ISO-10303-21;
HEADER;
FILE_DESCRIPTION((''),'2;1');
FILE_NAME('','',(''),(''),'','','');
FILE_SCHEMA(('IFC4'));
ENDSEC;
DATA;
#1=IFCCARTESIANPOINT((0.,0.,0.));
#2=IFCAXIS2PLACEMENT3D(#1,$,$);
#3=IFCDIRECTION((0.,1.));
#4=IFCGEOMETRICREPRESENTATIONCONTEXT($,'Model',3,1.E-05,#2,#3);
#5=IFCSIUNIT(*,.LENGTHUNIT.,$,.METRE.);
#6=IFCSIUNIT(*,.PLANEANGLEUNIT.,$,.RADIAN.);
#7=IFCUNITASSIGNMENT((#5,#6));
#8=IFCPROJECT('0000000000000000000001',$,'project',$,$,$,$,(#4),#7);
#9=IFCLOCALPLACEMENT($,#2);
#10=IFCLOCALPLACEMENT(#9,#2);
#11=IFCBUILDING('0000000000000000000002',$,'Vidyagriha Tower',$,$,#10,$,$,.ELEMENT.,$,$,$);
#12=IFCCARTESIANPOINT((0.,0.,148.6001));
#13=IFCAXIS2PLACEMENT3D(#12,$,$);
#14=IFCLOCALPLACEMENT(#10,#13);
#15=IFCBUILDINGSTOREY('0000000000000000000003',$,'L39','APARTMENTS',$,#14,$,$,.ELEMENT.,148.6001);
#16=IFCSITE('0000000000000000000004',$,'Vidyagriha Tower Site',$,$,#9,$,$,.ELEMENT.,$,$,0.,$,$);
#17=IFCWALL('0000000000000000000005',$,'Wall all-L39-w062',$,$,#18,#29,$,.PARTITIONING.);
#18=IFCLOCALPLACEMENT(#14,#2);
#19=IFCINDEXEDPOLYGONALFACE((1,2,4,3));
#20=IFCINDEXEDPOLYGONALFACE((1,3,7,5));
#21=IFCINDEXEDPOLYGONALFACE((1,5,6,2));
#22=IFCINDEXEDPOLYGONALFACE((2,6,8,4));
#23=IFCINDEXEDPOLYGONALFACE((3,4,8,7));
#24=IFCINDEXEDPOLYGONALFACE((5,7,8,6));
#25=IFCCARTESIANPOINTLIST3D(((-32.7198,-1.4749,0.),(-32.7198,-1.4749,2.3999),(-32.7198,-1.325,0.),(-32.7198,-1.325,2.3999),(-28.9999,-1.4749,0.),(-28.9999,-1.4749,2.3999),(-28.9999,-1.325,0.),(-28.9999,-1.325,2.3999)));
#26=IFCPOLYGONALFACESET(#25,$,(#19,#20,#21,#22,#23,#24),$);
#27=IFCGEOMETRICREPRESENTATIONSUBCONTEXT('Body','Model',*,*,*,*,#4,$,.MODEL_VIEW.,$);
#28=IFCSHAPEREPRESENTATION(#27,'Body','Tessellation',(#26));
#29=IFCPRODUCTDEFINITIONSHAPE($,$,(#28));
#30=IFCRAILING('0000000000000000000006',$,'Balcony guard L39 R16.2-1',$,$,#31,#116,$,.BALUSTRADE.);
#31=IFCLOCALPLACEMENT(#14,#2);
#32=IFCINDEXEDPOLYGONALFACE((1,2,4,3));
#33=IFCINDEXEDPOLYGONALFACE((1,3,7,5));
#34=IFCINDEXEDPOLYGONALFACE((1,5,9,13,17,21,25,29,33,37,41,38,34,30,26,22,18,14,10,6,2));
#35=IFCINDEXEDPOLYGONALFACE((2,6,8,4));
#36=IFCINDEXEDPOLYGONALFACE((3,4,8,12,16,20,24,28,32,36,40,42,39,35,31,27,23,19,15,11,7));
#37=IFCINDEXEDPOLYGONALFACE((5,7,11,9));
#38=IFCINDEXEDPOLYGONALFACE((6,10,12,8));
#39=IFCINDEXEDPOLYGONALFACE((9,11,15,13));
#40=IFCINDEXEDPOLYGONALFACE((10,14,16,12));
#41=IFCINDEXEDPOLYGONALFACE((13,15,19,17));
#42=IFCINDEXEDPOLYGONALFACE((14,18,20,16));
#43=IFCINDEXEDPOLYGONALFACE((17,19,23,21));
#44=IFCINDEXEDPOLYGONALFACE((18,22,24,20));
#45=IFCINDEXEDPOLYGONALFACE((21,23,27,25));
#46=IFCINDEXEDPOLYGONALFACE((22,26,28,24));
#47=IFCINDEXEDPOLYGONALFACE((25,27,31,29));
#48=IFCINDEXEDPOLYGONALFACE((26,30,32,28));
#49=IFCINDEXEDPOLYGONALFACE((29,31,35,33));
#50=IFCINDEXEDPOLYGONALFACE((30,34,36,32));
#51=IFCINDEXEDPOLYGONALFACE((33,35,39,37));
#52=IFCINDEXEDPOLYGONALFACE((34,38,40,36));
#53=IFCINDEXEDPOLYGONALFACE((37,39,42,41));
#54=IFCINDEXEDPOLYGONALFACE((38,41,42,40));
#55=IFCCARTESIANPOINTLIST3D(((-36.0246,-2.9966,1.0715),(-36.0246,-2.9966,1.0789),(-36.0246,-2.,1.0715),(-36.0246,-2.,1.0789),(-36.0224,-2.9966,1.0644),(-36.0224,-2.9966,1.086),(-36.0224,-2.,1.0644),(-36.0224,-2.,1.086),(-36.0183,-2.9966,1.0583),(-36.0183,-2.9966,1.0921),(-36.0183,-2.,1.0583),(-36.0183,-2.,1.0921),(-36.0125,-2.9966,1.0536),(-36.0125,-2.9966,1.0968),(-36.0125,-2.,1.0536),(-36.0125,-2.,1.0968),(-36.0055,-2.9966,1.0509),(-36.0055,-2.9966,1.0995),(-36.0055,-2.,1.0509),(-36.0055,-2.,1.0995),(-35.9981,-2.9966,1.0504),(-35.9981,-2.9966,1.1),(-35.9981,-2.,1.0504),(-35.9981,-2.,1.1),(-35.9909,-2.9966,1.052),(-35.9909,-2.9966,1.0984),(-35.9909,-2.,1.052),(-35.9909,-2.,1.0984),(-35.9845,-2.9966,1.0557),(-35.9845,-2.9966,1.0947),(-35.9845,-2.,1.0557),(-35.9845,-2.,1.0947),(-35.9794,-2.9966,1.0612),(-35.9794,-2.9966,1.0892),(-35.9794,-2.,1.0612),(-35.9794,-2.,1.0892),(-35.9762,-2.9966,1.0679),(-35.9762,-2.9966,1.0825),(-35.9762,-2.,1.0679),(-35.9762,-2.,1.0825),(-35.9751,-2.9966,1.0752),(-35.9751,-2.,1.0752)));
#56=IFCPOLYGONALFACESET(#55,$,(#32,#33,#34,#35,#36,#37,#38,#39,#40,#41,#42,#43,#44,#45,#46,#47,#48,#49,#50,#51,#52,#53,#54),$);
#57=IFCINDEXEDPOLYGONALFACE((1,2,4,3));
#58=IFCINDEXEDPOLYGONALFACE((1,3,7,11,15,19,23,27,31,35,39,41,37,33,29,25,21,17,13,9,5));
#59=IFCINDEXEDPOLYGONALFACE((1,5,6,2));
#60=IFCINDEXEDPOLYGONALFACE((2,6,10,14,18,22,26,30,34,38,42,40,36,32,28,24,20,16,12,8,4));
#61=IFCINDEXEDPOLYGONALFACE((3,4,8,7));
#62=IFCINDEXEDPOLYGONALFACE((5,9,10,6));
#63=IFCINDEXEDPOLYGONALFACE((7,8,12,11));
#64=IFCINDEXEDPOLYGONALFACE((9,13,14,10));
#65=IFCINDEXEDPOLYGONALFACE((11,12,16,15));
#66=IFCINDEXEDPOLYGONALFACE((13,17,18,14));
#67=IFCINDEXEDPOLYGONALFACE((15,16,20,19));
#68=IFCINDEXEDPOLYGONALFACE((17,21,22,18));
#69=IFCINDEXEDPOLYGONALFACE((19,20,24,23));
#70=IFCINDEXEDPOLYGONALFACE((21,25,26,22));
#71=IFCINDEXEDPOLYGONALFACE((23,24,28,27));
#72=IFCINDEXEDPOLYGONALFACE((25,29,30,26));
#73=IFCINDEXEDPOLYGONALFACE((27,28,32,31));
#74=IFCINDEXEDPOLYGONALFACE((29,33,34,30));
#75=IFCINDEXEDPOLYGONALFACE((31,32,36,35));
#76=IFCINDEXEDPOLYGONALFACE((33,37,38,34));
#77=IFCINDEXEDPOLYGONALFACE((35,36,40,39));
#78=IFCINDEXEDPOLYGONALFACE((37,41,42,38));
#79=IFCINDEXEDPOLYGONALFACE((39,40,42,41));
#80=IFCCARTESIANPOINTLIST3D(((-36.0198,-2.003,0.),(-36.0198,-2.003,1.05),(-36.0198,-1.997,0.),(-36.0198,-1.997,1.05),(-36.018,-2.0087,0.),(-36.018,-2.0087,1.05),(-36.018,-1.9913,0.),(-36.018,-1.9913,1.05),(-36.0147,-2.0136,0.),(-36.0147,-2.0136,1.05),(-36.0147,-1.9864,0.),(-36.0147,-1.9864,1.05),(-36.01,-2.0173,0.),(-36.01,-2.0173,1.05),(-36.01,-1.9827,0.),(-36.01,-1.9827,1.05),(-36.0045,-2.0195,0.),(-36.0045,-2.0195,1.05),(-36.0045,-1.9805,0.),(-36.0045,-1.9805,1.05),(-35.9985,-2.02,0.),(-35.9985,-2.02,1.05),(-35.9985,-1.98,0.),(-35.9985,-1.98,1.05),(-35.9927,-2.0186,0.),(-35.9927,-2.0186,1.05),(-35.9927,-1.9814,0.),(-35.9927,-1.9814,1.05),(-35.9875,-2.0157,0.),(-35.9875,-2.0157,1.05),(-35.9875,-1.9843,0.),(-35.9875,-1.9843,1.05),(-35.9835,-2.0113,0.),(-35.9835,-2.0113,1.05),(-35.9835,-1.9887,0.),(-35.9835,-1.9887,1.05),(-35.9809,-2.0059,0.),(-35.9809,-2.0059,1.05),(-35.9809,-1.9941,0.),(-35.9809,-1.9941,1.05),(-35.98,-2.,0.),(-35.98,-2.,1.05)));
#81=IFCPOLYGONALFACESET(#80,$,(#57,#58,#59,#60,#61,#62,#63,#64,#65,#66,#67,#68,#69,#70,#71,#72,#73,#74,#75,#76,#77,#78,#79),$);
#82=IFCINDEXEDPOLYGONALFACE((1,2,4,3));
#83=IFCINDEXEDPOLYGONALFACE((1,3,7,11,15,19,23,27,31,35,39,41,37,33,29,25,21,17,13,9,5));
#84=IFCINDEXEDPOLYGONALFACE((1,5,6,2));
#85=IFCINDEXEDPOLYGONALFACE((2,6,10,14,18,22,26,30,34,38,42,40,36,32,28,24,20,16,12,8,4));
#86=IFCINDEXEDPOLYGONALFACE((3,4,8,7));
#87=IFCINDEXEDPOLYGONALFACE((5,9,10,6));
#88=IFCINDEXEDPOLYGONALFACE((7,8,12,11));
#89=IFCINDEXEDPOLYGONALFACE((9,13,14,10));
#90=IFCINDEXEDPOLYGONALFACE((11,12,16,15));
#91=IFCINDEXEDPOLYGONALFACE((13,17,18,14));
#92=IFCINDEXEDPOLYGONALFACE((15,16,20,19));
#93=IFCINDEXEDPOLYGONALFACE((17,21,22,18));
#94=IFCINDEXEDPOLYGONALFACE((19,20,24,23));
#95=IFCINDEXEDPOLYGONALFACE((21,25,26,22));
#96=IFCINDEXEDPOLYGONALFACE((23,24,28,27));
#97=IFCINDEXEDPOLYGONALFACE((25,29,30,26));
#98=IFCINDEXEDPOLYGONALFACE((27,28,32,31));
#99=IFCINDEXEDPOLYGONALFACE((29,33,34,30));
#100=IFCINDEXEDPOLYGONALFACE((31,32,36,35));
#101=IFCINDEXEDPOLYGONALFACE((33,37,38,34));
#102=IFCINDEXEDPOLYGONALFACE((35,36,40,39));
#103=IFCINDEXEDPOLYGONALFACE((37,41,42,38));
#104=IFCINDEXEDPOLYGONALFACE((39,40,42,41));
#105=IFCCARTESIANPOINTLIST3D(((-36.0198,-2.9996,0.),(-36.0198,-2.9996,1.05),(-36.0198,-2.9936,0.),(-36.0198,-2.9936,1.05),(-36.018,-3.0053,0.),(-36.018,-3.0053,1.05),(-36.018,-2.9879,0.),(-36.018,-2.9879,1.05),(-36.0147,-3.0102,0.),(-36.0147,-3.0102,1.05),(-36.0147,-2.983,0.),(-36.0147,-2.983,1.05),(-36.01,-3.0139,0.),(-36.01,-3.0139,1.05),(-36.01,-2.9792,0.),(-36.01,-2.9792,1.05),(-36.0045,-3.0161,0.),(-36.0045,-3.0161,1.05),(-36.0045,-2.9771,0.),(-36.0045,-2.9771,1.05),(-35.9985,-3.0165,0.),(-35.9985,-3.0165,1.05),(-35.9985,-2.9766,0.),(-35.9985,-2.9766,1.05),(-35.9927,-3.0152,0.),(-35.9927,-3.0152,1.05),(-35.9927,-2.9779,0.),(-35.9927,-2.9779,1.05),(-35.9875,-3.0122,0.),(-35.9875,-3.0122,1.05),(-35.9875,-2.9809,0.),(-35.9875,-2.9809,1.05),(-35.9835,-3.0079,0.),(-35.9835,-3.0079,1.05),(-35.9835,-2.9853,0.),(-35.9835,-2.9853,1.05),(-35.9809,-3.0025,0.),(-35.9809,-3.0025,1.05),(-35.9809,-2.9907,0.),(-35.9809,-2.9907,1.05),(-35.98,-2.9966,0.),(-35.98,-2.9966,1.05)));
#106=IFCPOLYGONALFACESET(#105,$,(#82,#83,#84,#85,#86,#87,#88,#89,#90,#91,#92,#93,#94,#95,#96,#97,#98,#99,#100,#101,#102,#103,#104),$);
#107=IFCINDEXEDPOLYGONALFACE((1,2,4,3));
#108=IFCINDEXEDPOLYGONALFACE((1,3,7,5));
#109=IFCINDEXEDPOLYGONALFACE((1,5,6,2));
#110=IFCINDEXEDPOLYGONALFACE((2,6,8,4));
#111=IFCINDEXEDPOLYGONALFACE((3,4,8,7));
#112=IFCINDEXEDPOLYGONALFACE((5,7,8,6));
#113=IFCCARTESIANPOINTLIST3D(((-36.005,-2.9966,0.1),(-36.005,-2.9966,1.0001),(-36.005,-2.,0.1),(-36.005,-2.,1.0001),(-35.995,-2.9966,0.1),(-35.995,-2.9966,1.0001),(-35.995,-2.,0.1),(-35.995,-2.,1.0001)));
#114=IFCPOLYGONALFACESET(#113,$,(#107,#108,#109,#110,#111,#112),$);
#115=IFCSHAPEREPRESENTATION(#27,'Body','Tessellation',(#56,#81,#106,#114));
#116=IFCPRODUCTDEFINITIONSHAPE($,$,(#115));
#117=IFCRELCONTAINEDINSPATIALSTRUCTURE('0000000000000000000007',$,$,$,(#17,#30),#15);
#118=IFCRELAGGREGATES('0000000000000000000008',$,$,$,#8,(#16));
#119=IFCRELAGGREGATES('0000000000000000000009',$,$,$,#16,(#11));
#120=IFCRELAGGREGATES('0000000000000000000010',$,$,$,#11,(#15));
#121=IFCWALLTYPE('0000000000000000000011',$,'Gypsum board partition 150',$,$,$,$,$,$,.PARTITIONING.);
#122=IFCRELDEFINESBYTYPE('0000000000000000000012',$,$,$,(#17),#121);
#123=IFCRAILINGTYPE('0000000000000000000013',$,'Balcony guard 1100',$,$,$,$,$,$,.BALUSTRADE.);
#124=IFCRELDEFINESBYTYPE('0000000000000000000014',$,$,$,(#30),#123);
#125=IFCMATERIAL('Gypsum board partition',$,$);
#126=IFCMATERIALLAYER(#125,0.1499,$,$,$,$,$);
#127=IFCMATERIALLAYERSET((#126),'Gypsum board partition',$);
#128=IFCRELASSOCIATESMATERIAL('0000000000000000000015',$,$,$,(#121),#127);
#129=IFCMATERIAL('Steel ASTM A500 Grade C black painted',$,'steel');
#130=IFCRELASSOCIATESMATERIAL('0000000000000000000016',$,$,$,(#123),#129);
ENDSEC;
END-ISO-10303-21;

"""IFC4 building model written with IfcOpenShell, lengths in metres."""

from ifc_helpers import new_model, si_unit, direction, frame, frame_2d, origin, origin_2d, place, context, subcontext, project, spatial, rectangle, circle, extrude, material, layer, layer_set, type_object, element, save


model = new_model("IFC4")

# Units and contexts
model_context = context("Model", 3, precision=1e-05, world=origin(), true_north=direction((0.0, 1.0)))
body_context = subcontext(model_context, "Body", "Model", "MODEL_VIEW")
ifc_project = project(units=[si_unit("LENGTHUNIT", "METRE"), si_unit("PLANEANGLEUNIT", "RADIAN")], contexts=[model_context])

# Site, building, storey
site_placement = place(None, origin())
site = spatial("IfcSite", under=ifc_project, at=site_placement, Name="Vidyagriha Tower Site", CompositionType="ELEMENT", RefElevation=0.0)
building_placement = place(site_placement, origin())
building = spatial("IfcBuilding", under=site, at=building_placement, Name="Vidyagriha Tower", CompositionType="ELEMENT")
storey_placement = place(building_placement, frame((0.0, 0.0, 148.6001)))
storey = spatial("IfcBuildingStorey", under=building, at=storey_placement, Name="L39", Description="APARTMENTS", CompositionType="ELEMENT", Elevation=148.6001)

# Shared definitions
ifc_material_1 = material(Name="Gypsum board partition")
ifc_layer_1 = layer(ifc_material_1, 0.1499)
ifc_layer_set_1 = layer_set([ifc_layer_1], Name="Gypsum board partition")
wall_type_1 = type_object("IfcWallType", Name="Gypsum board partition 150", PredefinedType="PARTITIONING", material=ifc_layer_set_1)

# Wall
wall_1_placement = place(storey_placement, frame((-29.0, -1.3999, 0.0), z_axis=(0.0, 0.0, 1.0), x_axis=(-1.0, 0.0, 0.0)))
element("IfcWall", 1, at=wall_1_placement, inside=storey, type_object=wall_type_1, Name="Wall all-L39-w062", PredefinedType="PARTITIONING", context=body_context, shape_type="SweptSolid", body=[
    extrude(rectangle(XDim=3.72, YDim=0.1499, at=frame_2d((1.8599, 0.0))), origin(), (0.0, 0.0, 1.0), 2.3999),
])

# Railing
ifc_material_2 = material(Name="Steel ASTM A500 Grade C black painted", Category="steel")
railing_type_1 = type_object("IfcRailingType", Name="Balcony guard 1100", PredefinedType="BALUSTRADE", material=ifc_material_2)
railing_1_placement = place(storey_placement, frame((-36.0, -2.0, 0.0)))
element("IfcRailing", 2, at=railing_1_placement, inside=storey, type_object=railing_type_1, Name="Balcony guard L39 R16.2-1", PredefinedType="BALUSTRADE", context=body_context, shape_type="SweptSolid", body=[
    extrude(circle(Radius=0.0249, at=origin_2d()), frame((0.0, 0.0, 1.0752), z_axis=(0.0, -1.0, 0.0), x_axis=(1.0, 0.0, 0.0)), (0.0, 0.0, 1.0), 0.9966),
    extrude(circle(Radius=0.02, at=origin_2d()), origin(), (0.0, 0.0, 1.0), 1.05),
    extrude(circle(Radius=0.02, at=origin_2d()), frame((0.0, -0.9966, 0.0)), (0.0, 0.0, 1.0), 1.05),
    extrude(rectangle(XDim=0.01, YDim=0.9001, at=origin_2d()), frame((0.0, 0.0, 0.55), z_axis=(0.0, -1.0, 0.0), x_axis=(1.0, 0.0, 0.0)), (0.0, 0.0, 1.0), 0.9966),
])

save(model, "model.ifc")
